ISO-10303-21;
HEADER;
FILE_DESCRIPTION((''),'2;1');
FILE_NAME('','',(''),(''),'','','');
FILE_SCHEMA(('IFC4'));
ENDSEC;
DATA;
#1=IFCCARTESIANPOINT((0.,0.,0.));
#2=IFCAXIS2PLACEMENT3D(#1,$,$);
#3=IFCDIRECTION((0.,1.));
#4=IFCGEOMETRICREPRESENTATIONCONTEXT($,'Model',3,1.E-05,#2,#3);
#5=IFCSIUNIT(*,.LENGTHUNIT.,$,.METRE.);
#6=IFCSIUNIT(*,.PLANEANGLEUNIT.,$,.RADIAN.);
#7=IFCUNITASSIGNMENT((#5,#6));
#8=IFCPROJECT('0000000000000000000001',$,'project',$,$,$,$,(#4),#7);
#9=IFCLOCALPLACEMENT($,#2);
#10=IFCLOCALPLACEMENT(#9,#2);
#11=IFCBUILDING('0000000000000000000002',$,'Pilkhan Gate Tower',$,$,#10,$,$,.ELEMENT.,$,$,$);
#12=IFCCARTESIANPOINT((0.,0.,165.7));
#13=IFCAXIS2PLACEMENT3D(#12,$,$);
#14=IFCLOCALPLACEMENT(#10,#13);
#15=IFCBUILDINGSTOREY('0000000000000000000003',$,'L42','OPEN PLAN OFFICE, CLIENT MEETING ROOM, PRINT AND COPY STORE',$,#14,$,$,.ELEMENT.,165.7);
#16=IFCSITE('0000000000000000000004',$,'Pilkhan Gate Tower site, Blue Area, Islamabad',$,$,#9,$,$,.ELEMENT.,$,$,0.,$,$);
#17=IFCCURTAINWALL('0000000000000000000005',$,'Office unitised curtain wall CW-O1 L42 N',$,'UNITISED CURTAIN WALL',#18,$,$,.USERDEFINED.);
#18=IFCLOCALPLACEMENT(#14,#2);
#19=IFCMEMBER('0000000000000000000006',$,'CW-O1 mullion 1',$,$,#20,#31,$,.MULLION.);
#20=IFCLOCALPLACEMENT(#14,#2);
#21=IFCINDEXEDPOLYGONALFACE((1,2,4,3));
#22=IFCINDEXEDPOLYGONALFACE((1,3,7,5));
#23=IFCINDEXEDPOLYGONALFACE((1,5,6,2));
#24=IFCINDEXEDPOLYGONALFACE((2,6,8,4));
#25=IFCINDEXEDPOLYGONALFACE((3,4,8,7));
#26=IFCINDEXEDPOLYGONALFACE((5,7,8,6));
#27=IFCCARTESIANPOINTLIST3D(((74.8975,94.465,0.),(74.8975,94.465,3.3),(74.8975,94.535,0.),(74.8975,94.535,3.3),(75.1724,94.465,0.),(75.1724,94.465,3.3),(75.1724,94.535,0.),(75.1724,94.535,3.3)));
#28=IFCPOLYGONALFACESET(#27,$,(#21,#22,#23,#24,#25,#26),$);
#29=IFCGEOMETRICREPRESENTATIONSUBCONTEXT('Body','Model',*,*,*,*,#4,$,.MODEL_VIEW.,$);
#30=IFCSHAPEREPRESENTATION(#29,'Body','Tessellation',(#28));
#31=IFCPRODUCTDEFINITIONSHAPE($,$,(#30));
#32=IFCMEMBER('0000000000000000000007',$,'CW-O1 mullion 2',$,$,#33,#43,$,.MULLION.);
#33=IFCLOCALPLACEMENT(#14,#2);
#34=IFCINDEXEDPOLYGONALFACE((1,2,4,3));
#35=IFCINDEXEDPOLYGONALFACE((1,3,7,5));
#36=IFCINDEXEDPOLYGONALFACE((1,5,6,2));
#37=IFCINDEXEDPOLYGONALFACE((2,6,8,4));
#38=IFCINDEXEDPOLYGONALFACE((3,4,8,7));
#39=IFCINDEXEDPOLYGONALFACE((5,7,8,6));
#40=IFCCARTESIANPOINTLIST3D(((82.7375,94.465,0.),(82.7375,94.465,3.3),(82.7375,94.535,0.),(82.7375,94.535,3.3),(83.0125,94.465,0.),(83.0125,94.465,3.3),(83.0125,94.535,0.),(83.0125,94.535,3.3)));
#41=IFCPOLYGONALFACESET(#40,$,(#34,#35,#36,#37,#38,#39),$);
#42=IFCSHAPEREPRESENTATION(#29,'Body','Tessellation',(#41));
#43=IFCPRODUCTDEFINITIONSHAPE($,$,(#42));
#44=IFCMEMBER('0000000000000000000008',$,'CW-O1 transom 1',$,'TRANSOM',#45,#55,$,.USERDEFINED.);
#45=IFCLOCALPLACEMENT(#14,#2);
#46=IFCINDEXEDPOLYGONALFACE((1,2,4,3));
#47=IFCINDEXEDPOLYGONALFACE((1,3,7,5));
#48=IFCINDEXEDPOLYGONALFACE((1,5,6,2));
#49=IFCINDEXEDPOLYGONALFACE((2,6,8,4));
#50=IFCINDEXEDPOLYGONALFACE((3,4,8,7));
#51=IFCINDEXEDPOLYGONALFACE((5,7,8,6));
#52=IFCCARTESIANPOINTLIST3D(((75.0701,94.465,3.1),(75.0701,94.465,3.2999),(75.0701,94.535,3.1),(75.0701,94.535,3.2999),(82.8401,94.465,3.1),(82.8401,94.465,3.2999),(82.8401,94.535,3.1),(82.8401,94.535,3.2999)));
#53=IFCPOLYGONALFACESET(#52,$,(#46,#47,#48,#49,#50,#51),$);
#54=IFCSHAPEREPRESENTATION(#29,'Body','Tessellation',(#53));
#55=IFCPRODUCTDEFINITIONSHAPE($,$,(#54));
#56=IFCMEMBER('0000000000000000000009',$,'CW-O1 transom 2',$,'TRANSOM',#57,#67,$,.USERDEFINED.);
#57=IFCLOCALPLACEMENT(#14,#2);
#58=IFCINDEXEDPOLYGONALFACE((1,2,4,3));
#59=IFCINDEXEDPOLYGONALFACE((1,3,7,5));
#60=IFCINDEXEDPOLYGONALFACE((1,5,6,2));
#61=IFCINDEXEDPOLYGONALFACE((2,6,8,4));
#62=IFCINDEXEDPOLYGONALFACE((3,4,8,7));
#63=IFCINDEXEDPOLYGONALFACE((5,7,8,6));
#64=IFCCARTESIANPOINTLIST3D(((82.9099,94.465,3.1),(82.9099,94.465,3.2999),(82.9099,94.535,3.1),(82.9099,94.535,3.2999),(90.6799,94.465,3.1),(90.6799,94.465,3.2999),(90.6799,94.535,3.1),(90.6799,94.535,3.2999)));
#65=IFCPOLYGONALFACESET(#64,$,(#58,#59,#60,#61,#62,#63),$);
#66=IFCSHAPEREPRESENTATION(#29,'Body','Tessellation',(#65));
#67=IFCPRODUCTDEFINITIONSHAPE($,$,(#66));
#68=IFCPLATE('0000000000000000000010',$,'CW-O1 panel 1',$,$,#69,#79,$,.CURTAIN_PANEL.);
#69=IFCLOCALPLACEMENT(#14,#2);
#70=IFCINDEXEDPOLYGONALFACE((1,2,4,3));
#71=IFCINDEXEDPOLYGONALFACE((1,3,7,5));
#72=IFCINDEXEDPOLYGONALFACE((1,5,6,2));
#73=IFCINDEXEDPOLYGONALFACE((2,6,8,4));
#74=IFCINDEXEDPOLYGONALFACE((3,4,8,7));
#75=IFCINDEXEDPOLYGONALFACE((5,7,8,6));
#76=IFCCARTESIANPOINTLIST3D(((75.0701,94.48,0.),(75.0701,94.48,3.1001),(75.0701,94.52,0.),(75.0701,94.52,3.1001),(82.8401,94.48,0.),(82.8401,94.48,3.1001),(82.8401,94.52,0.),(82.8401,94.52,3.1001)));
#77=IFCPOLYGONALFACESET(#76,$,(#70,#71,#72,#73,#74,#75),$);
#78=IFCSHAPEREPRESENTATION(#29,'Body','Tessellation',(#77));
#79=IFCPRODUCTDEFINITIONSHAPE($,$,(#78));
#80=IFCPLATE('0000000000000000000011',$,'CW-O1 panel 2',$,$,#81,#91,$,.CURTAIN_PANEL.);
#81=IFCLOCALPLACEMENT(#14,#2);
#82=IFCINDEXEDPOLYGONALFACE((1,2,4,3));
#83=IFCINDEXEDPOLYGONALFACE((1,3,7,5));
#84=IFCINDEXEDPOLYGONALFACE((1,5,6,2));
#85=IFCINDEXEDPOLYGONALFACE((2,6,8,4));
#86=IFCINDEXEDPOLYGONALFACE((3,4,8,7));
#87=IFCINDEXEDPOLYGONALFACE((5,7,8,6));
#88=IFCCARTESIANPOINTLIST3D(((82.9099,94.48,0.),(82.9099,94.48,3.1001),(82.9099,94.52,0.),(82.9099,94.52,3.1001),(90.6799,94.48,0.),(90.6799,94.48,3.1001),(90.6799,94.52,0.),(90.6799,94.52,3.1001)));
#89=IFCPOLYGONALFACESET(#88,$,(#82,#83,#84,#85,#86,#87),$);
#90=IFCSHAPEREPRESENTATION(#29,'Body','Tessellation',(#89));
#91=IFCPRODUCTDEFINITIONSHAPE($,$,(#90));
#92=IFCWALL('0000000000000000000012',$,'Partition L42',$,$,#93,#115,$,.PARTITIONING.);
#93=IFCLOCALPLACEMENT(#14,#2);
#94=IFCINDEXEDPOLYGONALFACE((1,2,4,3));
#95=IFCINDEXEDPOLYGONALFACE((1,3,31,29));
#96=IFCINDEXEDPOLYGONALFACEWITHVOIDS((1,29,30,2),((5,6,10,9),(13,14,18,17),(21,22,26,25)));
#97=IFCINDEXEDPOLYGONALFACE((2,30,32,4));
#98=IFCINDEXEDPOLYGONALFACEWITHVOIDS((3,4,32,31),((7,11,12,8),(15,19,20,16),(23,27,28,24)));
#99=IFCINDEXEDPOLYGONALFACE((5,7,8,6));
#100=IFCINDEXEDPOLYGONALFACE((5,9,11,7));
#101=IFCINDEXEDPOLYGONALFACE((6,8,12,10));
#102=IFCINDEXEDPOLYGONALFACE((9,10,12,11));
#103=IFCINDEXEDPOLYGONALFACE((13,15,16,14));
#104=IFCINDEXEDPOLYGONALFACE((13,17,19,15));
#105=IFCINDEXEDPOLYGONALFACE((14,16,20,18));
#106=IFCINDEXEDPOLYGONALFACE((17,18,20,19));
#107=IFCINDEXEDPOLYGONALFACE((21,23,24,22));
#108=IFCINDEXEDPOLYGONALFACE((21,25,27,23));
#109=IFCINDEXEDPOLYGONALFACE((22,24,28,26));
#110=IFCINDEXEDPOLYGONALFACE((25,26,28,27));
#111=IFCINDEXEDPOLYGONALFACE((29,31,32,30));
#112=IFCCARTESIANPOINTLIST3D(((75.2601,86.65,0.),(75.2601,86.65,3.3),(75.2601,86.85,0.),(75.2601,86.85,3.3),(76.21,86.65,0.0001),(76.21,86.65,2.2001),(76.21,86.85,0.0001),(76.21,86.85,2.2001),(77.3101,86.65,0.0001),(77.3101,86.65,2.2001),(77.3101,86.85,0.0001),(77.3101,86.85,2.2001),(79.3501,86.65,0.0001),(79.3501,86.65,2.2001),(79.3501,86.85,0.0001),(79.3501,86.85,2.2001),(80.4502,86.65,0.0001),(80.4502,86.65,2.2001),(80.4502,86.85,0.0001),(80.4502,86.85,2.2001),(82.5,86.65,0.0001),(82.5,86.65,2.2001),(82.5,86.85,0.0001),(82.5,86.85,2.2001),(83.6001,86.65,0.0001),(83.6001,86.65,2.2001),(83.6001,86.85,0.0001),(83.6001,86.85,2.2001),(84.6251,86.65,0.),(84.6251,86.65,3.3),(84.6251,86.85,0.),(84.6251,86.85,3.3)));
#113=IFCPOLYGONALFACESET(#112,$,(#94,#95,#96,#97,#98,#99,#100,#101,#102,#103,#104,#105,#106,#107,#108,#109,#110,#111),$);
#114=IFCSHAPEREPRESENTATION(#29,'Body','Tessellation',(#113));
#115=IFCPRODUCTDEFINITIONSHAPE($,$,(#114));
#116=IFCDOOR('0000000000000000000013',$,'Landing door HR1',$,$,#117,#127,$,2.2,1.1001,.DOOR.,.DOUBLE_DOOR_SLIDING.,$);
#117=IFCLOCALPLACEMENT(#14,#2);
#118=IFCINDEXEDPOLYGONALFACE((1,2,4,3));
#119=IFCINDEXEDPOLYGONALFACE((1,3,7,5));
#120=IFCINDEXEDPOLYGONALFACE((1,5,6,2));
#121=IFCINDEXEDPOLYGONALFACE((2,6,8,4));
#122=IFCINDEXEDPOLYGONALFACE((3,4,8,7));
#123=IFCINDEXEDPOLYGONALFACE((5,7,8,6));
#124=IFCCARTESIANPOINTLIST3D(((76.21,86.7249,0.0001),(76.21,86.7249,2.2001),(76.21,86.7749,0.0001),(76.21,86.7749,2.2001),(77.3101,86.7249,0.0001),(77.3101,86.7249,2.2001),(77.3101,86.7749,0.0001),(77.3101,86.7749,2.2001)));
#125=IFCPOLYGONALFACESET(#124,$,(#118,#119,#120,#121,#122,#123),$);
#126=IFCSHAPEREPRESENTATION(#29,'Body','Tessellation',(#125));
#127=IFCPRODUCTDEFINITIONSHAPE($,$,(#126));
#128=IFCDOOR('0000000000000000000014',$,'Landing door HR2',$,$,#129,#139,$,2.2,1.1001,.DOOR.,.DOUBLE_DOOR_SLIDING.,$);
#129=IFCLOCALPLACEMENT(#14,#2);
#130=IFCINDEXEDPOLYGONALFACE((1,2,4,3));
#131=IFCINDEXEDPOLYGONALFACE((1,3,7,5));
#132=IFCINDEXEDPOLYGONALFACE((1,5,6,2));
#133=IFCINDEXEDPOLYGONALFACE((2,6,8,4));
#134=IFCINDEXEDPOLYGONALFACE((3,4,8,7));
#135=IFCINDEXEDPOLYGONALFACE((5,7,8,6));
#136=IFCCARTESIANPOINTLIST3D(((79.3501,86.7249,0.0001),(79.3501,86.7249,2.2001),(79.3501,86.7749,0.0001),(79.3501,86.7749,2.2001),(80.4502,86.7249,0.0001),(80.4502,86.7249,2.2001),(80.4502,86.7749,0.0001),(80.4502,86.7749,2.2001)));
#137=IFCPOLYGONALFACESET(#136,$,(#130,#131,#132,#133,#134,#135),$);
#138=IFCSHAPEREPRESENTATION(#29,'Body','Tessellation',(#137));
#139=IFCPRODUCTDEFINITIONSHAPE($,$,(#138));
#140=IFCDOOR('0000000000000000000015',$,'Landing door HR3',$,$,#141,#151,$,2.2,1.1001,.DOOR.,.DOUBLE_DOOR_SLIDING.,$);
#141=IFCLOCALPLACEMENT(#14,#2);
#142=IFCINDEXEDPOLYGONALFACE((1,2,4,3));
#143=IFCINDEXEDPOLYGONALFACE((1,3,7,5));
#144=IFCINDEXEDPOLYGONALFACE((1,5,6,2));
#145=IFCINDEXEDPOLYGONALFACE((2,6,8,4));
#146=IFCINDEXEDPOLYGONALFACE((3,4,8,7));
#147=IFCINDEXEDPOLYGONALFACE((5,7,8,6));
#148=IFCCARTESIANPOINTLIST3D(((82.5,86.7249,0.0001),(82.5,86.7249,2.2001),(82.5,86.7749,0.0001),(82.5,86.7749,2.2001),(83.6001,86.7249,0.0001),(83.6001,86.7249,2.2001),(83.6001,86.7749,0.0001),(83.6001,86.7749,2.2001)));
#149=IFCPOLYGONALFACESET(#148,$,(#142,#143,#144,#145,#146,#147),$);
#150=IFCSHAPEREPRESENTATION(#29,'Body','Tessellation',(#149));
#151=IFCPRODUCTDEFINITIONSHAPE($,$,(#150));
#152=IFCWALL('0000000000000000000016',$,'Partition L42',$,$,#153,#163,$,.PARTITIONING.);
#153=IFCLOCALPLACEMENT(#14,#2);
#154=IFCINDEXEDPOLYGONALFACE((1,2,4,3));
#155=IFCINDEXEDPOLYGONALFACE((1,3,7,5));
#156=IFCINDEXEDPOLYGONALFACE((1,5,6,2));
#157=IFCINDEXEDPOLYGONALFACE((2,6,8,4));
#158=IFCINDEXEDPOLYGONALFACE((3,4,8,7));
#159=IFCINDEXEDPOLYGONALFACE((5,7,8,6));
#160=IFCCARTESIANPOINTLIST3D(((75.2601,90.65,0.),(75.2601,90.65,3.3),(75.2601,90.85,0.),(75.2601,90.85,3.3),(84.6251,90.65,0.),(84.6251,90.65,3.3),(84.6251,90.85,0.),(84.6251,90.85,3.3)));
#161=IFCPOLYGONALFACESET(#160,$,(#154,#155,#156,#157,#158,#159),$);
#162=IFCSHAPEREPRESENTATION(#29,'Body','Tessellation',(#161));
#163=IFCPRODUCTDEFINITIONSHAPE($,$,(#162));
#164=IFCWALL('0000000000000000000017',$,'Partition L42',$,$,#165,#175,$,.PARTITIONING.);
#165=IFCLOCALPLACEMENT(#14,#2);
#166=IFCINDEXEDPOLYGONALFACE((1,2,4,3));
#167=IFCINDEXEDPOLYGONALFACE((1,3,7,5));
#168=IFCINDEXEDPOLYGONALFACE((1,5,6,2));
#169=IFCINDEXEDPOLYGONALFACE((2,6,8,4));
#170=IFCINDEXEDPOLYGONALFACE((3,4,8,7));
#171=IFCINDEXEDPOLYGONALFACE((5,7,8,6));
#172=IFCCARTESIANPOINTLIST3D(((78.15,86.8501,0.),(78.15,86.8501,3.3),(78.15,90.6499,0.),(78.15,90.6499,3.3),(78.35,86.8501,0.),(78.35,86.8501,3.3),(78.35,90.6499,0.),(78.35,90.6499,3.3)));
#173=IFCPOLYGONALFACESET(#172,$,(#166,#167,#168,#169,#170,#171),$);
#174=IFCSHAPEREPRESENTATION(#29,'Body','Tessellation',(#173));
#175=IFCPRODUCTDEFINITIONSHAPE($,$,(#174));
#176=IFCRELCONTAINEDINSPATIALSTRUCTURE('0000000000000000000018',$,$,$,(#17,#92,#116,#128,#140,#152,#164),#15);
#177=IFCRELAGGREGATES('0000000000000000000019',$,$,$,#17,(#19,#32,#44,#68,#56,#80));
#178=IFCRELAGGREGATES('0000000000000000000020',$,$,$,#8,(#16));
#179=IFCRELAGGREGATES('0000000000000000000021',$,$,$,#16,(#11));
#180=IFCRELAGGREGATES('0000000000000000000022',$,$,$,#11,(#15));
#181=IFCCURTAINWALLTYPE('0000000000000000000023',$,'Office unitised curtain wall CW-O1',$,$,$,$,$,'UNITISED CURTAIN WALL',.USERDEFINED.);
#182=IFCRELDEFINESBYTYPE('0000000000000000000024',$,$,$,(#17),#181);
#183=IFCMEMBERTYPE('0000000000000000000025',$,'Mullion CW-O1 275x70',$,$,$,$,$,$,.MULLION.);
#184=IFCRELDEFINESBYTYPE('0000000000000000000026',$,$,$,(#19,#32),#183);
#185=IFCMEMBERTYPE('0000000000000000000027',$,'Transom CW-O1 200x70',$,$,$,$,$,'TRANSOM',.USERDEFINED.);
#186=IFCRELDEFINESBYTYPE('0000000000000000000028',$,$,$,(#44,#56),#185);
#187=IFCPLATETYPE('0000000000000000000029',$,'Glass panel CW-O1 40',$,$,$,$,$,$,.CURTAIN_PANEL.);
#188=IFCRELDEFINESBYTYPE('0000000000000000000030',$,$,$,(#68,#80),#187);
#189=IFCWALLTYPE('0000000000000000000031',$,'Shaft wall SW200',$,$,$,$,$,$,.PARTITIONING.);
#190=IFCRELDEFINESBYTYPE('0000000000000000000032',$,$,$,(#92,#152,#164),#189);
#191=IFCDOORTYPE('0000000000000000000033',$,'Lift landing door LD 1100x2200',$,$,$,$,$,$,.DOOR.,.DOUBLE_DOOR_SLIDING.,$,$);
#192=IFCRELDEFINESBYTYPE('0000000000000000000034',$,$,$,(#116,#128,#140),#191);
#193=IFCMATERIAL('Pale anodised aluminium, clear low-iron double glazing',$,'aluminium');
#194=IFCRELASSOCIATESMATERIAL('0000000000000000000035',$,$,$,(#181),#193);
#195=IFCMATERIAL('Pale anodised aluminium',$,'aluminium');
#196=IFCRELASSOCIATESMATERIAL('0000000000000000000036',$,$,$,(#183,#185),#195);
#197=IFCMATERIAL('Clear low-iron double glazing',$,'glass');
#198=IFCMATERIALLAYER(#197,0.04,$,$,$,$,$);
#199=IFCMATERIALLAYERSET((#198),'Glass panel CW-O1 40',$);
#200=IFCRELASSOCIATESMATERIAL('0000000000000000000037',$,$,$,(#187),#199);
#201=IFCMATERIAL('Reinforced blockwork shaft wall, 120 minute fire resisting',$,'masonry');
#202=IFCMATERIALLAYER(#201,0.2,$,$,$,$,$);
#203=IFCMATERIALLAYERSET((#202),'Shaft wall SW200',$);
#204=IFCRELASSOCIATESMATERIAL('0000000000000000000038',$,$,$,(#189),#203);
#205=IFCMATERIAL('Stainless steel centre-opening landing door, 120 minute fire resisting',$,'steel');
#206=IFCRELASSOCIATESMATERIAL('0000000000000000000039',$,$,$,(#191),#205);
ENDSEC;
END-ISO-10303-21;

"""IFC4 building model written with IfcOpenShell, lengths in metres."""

from ifc_helpers import new_model, si_unit, direction, frame, frame_2d, origin, origin_2d, place, context, subcontext, project, spatial, rectangle, extrude, material, layer, layer_set, material_profile, profile_set, type_object, element, fill, aggregate, save


model = new_model("IFC4")

# Units and contexts
model_context = context("Model", 3, precision=1e-05, world=origin(), true_north=direction((0.0, 1.0)))
body_context = subcontext(model_context, "Body", "Model", "MODEL_VIEW")
ifc_project = project(units=[si_unit("LENGTHUNIT", "METRE"), si_unit("PLANEANGLEUNIT", "RADIAN")], contexts=[model_context])

# Site, building, storey
site_placement = place(None, origin())
site = spatial("IfcSite", under=ifc_project, at=site_placement, Name="Pilkhan Gate Tower site, Blue Area, Islamabad", CompositionType="ELEMENT", RefElevation=0.0)
building_placement = place(site_placement, origin())
building = spatial("IfcBuilding", under=site, at=building_placement, Name="Pilkhan Gate Tower", CompositionType="ELEMENT")
storey_placement = place(building_placement, frame((0.0, 0.0, 165.7)))
storey = spatial("IfcBuildingStorey", under=building, at=storey_placement, Name="L42", Description="OPEN PLAN OFFICE, CLIENT MEETING ROOM, PRINT AND COPY STORE", CompositionType="ELEMENT", Elevation=165.7)

# Curtain wall, members, plates
ifc_material_1 = material(Name="Pale anodised aluminium, clear low-iron double glazing", Category="aluminium")
curtain_wall_type = type_object("IfcCurtainWallType", Name="Office unitised curtain wall CW-O1", ElementType="UNITISED CURTAIN WALL", PredefinedType="USERDEFINED", material=ifc_material_1)
curtain_wall_placement = place(storey_placement, origin())
curtain_wall = element("IfcCurtainWall", 1, at=curtain_wall_placement, inside=storey, type_object=curtain_wall_type, Name="Office unitised curtain wall CW-O1 L42 N", ObjectType="UNITISED CURTAIN WALL", PredefinedType="USERDEFINED")
ifc_material_2 = material(Name="Pale anodised aluminium", Category="aluminium")
ifc_material_profile_1 = material_profile(ifc_material_2, rectangle(XDim=0.0701, YDim=0.2749, at=origin_2d()), Name="Mullion 275x70")
ifc_profile_set_1 = profile_set([ifc_material_profile_1], Name="Pale anodised aluminium")
member_type_1 = type_object("IfcMemberType", Name="Mullion CW-O1 275x70", PredefinedType="MULLION", material=ifc_profile_set_1)
member_1_placement = place(storey_placement, frame((75.0349, 94.5, 0.0), z_axis=(0.0, 0.0, 1.0), x_axis=(0.0, 1.0, 0.0)))
member_1 = element("IfcMember", 2, at=member_1_placement, type_object=member_type_1, Name="CW-O1 mullion 1", PredefinedType="MULLION", context=body_context, shape_type="SweptSolid", body=[
    extrude(rectangle(XDim=0.0701, YDim=0.2749, at=origin_2d()), origin(), (0.0, 0.0, 1.0), 3.3),
])
member_2_placement = place(storey_placement, frame((82.875, 94.5, 0.0), z_axis=(0.0, 0.0, 1.0), x_axis=(0.0, 1.0, 0.0)))
member_2 = element("IfcMember", 3, at=member_2_placement, type_object=member_type_1, Name="CW-O1 mullion 2", PredefinedType="MULLION", context=body_context, shape_type="SweptSolid", body=[
    extrude(rectangle(XDim=0.0701, YDim=0.2749, at=origin_2d()), origin(), (0.0, 0.0, 1.0), 3.3),
])
ifc_material_profile_2 = material_profile(ifc_material_2, rectangle(XDim=0.0701, YDim=0.2, at=origin_2d()), Name="Transom 200x70")
ifc_profile_set_2 = profile_set([ifc_material_profile_2], Name="Pale anodised aluminium")
member_type_2 = type_object("IfcMemberType", Name="Transom CW-O1 200x70", ElementType="TRANSOM", PredefinedType="USERDEFINED", material=ifc_profile_set_2)
member_3_placement = place(storey_placement, frame((75.0701, 94.5, 3.2), z_axis=(1.0, 0.0, 0.0), x_axis=(0.0, 1.0, 0.0)))
member_3 = element("IfcMember", 4, at=member_3_placement, type_object=member_type_2, Name="CW-O1 transom 1", ObjectType="TRANSOM", PredefinedType="USERDEFINED", context=body_context, shape_type="SweptSolid", body=[
    extrude(rectangle(XDim=0.0701, YDim=0.2, at=origin_2d()), origin(), (0.0, 0.0, 1.0), 7.77),
])
member_4_placement = place(storey_placement, frame((82.9099, 94.5, 3.2), z_axis=(1.0, 0.0, 0.0), x_axis=(0.0, 1.0, 0.0)))
member_4 = element("IfcMember", 5, at=member_4_placement, type_object=member_type_2, Name="CW-O1 transom 2", ObjectType="TRANSOM", PredefinedType="USERDEFINED", context=body_context, shape_type="SweptSolid", body=[
    extrude(rectangle(XDim=0.0701, YDim=0.2, at=origin_2d()), origin(), (0.0, 0.0, 1.0), 7.77),
])
ifc_material_3 = material(Name="Clear low-iron double glazing", Category="glass")
ifc_layer_1 = layer(ifc_material_3, 0.04)
ifc_layer_set_1 = layer_set([ifc_layer_1], Name="Glass panel CW-O1 40")
plate_type = type_object("IfcPlateType", Name="Glass panel CW-O1 40", PredefinedType="CURTAIN_PANEL", material=ifc_layer_set_1)
plate_1_placement = place(storey_placement, frame((78.9551, 94.5, 0.0), z_axis=(0.0, 0.0, 1.0), x_axis=(1.0, 0.0, 0.0)))
plate_1 = element("IfcPlate", 6, at=plate_1_placement, type_object=plate_type, Name="CW-O1 panel 1", PredefinedType="CURTAIN_PANEL", context=body_context, shape_type="SweptSolid", body=[
    extrude(rectangle(XDim=7.77, YDim=0.04, at=origin_2d()), origin(), (0.0, 0.0, 1.0), 3.1001),
])
plate_2_placement = place(storey_placement, frame((86.7949, 94.5, 0.0), z_axis=(0.0, 0.0, 1.0), x_axis=(1.0, 0.0, 0.0)))
plate_2 = element("IfcPlate", 7, at=plate_2_placement, type_object=plate_type, Name="CW-O1 panel 2", PredefinedType="CURTAIN_PANEL", context=body_context, shape_type="SweptSolid", body=[
    extrude(rectangle(XDim=7.77, YDim=0.04, at=origin_2d()), origin(), (0.0, 0.0, 1.0), 3.1001),
])
aggregate(curtain_wall, [member_1, member_2, member_3, plate_1, member_4, plate_2])

# Wall, openings, doors
ifc_material_4 = material(Name="Reinforced blockwork shaft wall, 120 minute fire resisting", Category="masonry")
ifc_layer_2 = layer(ifc_material_4, 0.2)
ifc_layer_set_2 = layer_set([ifc_layer_2], Name="Shaft wall SW200")
wall_type_1 = type_object("IfcWallType", Name="Shaft wall SW200", PredefinedType="PARTITIONING", material=ifc_layer_set_2)
wall_1_placement = place(storey_placement, frame((75.26, 86.75, 0.0), z_axis=(0.0, 0.0, 1.0), x_axis=(1.0, 0.0, 0.0)))
wall_1 = element("IfcWall", 8, at=wall_1_placement, inside=storey, type_object=wall_type_1, Name="Partition L42", PredefinedType="PARTITIONING", context=body_context, shape_type="SweptSolid", body=[
    extrude(rectangle(XDim=9.365, YDim=0.2, at=frame_2d((4.6826, 0.0))), origin(), (0.0, 0.0, 1.0), 3.3),
])
opening_1_placement = place(wall_1_placement, frame((0.95, 0.0, 0.0)))
opening_1 = element("IfcOpeningElement", 9, at=opening_1_placement, cuts=wall_1, PredefinedType="OPENING", context=body_context, shape_type="SweptSolid", body=[
    extrude(rectangle(XDim=1.1001, YDim=2.2, at=frame_2d((0.55, 1.1001))), frame((0.0, 0.1099, 0.0), z_axis=(0.0, -1.0, 0.0), x_axis=(1.0, 0.0, 0.0)), (0.0, 0.0, 1.0), 0.22),
])
opening_2_placement = place(wall_1_placement, frame((4.0901, 0.0, 0.0)))
opening_2 = element("IfcOpeningElement", 10, at=opening_2_placement, cuts=wall_1, PredefinedType="OPENING", context=body_context, shape_type="SweptSolid", body=[
    extrude(rectangle(XDim=1.1001, YDim=2.2, at=frame_2d((0.55, 1.1001))), frame((0.0, 0.1099, 0.0), z_axis=(0.0, -1.0, 0.0), x_axis=(1.0, 0.0, 0.0)), (0.0, 0.0, 1.0), 0.22),
])
opening_3_placement = place(wall_1_placement, frame((7.24, 0.0, 0.0)))
opening_3 = element("IfcOpeningElement", 11, at=opening_3_placement, cuts=wall_1, PredefinedType="OPENING", context=body_context, shape_type="SweptSolid", body=[
    extrude(rectangle(XDim=1.1001, YDim=2.2, at=frame_2d((0.55, 1.1001))), frame((0.0, 0.1099, 0.0), z_axis=(0.0, -1.0, 0.0), x_axis=(1.0, 0.0, 0.0)), (0.0, 0.0, 1.0), 0.22),
])
ifc_material_5 = material(Name="Stainless steel centre-opening landing door, 120 minute fire resisting", Category="steel")
door_type = type_object("IfcDoorType", Name="Lift landing door LD 1100x2200", OperationType="DOUBLE_DOOR_SLIDING", PredefinedType="DOOR", material=ifc_material_5)
door_1_placement = place(opening_1_placement, origin())
door_1 = element("IfcDoor", 12, at=door_1_placement, inside=storey, type_object=door_type, Name="Landing door HR1", OperationType="DOUBLE_DOOR_SLIDING", OverallHeight=2.2, OverallWidth=1.1001, PredefinedType="DOOR", context=body_context, shape_type="SweptSolid", body=[
    extrude(rectangle(XDim=1.1001, YDim=2.2, at=frame_2d((0.55, 1.1001))), frame((0.0, 0.0249, 0.0), z_axis=(0.0, -1.0, 0.0), x_axis=(1.0, 0.0, 0.0)), (0.0, 0.0, 1.0), 0.05),
])
fill(opening_1, door_1)
door_2_placement = place(opening_2_placement, origin())
door_2 = element("IfcDoor", 13, at=door_2_placement, inside=storey, type_object=door_type, Name="Landing door HR2", OperationType="DOUBLE_DOOR_SLIDING", OverallHeight=2.2, OverallWidth=1.1001, PredefinedType="DOOR", context=body_context, shape_type="SweptSolid", body=[
    extrude(rectangle(XDim=1.1001, YDim=2.2, at=frame_2d((0.55, 1.1001))), frame((0.0, 0.0249, 0.0), z_axis=(0.0, -1.0, 0.0), x_axis=(1.0, 0.0, 0.0)), (0.0, 0.0, 1.0), 0.05),
])
fill(opening_2, door_2)
door_3_placement = place(opening_3_placement, origin())
door_3 = element("IfcDoor", 14, at=door_3_placement, inside=storey, type_object=door_type, Name="Landing door HR3", OperationType="DOUBLE_DOOR_SLIDING", OverallHeight=2.2, OverallWidth=1.1001, PredefinedType="DOOR", context=body_context, shape_type="SweptSolid", body=[
    extrude(rectangle(XDim=1.1001, YDim=2.2, at=frame_2d((0.55, 1.1001))), frame((0.0, 0.0249, 0.0), z_axis=(0.0, -1.0, 0.0), x_axis=(1.0, 0.0, 0.0)), (0.0, 0.0, 1.0), 0.05),
])
fill(opening_3, door_3)

# Walls
wall_2_placement = place(storey_placement, frame((75.26, 90.75, 0.0), z_axis=(0.0, 0.0, 1.0), x_axis=(1.0, 0.0, 0.0)))
element("IfcWall", 15, at=wall_2_placement, inside=storey, type_object=wall_type_1, Name="Partition L42", PredefinedType="PARTITIONING", context=body_context, shape_type="SweptSolid", body=[
    extrude(rectangle(XDim=9.365, YDim=0.2, at=frame_2d((4.6826, 0.0))), origin(), (0.0, 0.0, 1.0), 3.3),
])
for number, where, z_axis, x_axis, name in (
    (16, (78.25, 86.8501, 0.0), (0.0, 0.0, 1.0), (0.0, 1.0, 0.0), "Partition L42"),
):
    element("IfcWall", number, at=place(storey_placement, frame(where, z_axis=z_axis, x_axis=x_axis)), inside=storey, type_object=wall_type_1, Name=name, PredefinedType="PARTITIONING", context=body_context, shape_type="SweptSolid", body=[
        extrude(rectangle(XDim=3.7998, YDim=0.2, at=frame_2d((1.8999, 0.0))), origin(), (0.0, 0.0, 1.0), 3.3),
    ])

save(model, "model.ifc")
